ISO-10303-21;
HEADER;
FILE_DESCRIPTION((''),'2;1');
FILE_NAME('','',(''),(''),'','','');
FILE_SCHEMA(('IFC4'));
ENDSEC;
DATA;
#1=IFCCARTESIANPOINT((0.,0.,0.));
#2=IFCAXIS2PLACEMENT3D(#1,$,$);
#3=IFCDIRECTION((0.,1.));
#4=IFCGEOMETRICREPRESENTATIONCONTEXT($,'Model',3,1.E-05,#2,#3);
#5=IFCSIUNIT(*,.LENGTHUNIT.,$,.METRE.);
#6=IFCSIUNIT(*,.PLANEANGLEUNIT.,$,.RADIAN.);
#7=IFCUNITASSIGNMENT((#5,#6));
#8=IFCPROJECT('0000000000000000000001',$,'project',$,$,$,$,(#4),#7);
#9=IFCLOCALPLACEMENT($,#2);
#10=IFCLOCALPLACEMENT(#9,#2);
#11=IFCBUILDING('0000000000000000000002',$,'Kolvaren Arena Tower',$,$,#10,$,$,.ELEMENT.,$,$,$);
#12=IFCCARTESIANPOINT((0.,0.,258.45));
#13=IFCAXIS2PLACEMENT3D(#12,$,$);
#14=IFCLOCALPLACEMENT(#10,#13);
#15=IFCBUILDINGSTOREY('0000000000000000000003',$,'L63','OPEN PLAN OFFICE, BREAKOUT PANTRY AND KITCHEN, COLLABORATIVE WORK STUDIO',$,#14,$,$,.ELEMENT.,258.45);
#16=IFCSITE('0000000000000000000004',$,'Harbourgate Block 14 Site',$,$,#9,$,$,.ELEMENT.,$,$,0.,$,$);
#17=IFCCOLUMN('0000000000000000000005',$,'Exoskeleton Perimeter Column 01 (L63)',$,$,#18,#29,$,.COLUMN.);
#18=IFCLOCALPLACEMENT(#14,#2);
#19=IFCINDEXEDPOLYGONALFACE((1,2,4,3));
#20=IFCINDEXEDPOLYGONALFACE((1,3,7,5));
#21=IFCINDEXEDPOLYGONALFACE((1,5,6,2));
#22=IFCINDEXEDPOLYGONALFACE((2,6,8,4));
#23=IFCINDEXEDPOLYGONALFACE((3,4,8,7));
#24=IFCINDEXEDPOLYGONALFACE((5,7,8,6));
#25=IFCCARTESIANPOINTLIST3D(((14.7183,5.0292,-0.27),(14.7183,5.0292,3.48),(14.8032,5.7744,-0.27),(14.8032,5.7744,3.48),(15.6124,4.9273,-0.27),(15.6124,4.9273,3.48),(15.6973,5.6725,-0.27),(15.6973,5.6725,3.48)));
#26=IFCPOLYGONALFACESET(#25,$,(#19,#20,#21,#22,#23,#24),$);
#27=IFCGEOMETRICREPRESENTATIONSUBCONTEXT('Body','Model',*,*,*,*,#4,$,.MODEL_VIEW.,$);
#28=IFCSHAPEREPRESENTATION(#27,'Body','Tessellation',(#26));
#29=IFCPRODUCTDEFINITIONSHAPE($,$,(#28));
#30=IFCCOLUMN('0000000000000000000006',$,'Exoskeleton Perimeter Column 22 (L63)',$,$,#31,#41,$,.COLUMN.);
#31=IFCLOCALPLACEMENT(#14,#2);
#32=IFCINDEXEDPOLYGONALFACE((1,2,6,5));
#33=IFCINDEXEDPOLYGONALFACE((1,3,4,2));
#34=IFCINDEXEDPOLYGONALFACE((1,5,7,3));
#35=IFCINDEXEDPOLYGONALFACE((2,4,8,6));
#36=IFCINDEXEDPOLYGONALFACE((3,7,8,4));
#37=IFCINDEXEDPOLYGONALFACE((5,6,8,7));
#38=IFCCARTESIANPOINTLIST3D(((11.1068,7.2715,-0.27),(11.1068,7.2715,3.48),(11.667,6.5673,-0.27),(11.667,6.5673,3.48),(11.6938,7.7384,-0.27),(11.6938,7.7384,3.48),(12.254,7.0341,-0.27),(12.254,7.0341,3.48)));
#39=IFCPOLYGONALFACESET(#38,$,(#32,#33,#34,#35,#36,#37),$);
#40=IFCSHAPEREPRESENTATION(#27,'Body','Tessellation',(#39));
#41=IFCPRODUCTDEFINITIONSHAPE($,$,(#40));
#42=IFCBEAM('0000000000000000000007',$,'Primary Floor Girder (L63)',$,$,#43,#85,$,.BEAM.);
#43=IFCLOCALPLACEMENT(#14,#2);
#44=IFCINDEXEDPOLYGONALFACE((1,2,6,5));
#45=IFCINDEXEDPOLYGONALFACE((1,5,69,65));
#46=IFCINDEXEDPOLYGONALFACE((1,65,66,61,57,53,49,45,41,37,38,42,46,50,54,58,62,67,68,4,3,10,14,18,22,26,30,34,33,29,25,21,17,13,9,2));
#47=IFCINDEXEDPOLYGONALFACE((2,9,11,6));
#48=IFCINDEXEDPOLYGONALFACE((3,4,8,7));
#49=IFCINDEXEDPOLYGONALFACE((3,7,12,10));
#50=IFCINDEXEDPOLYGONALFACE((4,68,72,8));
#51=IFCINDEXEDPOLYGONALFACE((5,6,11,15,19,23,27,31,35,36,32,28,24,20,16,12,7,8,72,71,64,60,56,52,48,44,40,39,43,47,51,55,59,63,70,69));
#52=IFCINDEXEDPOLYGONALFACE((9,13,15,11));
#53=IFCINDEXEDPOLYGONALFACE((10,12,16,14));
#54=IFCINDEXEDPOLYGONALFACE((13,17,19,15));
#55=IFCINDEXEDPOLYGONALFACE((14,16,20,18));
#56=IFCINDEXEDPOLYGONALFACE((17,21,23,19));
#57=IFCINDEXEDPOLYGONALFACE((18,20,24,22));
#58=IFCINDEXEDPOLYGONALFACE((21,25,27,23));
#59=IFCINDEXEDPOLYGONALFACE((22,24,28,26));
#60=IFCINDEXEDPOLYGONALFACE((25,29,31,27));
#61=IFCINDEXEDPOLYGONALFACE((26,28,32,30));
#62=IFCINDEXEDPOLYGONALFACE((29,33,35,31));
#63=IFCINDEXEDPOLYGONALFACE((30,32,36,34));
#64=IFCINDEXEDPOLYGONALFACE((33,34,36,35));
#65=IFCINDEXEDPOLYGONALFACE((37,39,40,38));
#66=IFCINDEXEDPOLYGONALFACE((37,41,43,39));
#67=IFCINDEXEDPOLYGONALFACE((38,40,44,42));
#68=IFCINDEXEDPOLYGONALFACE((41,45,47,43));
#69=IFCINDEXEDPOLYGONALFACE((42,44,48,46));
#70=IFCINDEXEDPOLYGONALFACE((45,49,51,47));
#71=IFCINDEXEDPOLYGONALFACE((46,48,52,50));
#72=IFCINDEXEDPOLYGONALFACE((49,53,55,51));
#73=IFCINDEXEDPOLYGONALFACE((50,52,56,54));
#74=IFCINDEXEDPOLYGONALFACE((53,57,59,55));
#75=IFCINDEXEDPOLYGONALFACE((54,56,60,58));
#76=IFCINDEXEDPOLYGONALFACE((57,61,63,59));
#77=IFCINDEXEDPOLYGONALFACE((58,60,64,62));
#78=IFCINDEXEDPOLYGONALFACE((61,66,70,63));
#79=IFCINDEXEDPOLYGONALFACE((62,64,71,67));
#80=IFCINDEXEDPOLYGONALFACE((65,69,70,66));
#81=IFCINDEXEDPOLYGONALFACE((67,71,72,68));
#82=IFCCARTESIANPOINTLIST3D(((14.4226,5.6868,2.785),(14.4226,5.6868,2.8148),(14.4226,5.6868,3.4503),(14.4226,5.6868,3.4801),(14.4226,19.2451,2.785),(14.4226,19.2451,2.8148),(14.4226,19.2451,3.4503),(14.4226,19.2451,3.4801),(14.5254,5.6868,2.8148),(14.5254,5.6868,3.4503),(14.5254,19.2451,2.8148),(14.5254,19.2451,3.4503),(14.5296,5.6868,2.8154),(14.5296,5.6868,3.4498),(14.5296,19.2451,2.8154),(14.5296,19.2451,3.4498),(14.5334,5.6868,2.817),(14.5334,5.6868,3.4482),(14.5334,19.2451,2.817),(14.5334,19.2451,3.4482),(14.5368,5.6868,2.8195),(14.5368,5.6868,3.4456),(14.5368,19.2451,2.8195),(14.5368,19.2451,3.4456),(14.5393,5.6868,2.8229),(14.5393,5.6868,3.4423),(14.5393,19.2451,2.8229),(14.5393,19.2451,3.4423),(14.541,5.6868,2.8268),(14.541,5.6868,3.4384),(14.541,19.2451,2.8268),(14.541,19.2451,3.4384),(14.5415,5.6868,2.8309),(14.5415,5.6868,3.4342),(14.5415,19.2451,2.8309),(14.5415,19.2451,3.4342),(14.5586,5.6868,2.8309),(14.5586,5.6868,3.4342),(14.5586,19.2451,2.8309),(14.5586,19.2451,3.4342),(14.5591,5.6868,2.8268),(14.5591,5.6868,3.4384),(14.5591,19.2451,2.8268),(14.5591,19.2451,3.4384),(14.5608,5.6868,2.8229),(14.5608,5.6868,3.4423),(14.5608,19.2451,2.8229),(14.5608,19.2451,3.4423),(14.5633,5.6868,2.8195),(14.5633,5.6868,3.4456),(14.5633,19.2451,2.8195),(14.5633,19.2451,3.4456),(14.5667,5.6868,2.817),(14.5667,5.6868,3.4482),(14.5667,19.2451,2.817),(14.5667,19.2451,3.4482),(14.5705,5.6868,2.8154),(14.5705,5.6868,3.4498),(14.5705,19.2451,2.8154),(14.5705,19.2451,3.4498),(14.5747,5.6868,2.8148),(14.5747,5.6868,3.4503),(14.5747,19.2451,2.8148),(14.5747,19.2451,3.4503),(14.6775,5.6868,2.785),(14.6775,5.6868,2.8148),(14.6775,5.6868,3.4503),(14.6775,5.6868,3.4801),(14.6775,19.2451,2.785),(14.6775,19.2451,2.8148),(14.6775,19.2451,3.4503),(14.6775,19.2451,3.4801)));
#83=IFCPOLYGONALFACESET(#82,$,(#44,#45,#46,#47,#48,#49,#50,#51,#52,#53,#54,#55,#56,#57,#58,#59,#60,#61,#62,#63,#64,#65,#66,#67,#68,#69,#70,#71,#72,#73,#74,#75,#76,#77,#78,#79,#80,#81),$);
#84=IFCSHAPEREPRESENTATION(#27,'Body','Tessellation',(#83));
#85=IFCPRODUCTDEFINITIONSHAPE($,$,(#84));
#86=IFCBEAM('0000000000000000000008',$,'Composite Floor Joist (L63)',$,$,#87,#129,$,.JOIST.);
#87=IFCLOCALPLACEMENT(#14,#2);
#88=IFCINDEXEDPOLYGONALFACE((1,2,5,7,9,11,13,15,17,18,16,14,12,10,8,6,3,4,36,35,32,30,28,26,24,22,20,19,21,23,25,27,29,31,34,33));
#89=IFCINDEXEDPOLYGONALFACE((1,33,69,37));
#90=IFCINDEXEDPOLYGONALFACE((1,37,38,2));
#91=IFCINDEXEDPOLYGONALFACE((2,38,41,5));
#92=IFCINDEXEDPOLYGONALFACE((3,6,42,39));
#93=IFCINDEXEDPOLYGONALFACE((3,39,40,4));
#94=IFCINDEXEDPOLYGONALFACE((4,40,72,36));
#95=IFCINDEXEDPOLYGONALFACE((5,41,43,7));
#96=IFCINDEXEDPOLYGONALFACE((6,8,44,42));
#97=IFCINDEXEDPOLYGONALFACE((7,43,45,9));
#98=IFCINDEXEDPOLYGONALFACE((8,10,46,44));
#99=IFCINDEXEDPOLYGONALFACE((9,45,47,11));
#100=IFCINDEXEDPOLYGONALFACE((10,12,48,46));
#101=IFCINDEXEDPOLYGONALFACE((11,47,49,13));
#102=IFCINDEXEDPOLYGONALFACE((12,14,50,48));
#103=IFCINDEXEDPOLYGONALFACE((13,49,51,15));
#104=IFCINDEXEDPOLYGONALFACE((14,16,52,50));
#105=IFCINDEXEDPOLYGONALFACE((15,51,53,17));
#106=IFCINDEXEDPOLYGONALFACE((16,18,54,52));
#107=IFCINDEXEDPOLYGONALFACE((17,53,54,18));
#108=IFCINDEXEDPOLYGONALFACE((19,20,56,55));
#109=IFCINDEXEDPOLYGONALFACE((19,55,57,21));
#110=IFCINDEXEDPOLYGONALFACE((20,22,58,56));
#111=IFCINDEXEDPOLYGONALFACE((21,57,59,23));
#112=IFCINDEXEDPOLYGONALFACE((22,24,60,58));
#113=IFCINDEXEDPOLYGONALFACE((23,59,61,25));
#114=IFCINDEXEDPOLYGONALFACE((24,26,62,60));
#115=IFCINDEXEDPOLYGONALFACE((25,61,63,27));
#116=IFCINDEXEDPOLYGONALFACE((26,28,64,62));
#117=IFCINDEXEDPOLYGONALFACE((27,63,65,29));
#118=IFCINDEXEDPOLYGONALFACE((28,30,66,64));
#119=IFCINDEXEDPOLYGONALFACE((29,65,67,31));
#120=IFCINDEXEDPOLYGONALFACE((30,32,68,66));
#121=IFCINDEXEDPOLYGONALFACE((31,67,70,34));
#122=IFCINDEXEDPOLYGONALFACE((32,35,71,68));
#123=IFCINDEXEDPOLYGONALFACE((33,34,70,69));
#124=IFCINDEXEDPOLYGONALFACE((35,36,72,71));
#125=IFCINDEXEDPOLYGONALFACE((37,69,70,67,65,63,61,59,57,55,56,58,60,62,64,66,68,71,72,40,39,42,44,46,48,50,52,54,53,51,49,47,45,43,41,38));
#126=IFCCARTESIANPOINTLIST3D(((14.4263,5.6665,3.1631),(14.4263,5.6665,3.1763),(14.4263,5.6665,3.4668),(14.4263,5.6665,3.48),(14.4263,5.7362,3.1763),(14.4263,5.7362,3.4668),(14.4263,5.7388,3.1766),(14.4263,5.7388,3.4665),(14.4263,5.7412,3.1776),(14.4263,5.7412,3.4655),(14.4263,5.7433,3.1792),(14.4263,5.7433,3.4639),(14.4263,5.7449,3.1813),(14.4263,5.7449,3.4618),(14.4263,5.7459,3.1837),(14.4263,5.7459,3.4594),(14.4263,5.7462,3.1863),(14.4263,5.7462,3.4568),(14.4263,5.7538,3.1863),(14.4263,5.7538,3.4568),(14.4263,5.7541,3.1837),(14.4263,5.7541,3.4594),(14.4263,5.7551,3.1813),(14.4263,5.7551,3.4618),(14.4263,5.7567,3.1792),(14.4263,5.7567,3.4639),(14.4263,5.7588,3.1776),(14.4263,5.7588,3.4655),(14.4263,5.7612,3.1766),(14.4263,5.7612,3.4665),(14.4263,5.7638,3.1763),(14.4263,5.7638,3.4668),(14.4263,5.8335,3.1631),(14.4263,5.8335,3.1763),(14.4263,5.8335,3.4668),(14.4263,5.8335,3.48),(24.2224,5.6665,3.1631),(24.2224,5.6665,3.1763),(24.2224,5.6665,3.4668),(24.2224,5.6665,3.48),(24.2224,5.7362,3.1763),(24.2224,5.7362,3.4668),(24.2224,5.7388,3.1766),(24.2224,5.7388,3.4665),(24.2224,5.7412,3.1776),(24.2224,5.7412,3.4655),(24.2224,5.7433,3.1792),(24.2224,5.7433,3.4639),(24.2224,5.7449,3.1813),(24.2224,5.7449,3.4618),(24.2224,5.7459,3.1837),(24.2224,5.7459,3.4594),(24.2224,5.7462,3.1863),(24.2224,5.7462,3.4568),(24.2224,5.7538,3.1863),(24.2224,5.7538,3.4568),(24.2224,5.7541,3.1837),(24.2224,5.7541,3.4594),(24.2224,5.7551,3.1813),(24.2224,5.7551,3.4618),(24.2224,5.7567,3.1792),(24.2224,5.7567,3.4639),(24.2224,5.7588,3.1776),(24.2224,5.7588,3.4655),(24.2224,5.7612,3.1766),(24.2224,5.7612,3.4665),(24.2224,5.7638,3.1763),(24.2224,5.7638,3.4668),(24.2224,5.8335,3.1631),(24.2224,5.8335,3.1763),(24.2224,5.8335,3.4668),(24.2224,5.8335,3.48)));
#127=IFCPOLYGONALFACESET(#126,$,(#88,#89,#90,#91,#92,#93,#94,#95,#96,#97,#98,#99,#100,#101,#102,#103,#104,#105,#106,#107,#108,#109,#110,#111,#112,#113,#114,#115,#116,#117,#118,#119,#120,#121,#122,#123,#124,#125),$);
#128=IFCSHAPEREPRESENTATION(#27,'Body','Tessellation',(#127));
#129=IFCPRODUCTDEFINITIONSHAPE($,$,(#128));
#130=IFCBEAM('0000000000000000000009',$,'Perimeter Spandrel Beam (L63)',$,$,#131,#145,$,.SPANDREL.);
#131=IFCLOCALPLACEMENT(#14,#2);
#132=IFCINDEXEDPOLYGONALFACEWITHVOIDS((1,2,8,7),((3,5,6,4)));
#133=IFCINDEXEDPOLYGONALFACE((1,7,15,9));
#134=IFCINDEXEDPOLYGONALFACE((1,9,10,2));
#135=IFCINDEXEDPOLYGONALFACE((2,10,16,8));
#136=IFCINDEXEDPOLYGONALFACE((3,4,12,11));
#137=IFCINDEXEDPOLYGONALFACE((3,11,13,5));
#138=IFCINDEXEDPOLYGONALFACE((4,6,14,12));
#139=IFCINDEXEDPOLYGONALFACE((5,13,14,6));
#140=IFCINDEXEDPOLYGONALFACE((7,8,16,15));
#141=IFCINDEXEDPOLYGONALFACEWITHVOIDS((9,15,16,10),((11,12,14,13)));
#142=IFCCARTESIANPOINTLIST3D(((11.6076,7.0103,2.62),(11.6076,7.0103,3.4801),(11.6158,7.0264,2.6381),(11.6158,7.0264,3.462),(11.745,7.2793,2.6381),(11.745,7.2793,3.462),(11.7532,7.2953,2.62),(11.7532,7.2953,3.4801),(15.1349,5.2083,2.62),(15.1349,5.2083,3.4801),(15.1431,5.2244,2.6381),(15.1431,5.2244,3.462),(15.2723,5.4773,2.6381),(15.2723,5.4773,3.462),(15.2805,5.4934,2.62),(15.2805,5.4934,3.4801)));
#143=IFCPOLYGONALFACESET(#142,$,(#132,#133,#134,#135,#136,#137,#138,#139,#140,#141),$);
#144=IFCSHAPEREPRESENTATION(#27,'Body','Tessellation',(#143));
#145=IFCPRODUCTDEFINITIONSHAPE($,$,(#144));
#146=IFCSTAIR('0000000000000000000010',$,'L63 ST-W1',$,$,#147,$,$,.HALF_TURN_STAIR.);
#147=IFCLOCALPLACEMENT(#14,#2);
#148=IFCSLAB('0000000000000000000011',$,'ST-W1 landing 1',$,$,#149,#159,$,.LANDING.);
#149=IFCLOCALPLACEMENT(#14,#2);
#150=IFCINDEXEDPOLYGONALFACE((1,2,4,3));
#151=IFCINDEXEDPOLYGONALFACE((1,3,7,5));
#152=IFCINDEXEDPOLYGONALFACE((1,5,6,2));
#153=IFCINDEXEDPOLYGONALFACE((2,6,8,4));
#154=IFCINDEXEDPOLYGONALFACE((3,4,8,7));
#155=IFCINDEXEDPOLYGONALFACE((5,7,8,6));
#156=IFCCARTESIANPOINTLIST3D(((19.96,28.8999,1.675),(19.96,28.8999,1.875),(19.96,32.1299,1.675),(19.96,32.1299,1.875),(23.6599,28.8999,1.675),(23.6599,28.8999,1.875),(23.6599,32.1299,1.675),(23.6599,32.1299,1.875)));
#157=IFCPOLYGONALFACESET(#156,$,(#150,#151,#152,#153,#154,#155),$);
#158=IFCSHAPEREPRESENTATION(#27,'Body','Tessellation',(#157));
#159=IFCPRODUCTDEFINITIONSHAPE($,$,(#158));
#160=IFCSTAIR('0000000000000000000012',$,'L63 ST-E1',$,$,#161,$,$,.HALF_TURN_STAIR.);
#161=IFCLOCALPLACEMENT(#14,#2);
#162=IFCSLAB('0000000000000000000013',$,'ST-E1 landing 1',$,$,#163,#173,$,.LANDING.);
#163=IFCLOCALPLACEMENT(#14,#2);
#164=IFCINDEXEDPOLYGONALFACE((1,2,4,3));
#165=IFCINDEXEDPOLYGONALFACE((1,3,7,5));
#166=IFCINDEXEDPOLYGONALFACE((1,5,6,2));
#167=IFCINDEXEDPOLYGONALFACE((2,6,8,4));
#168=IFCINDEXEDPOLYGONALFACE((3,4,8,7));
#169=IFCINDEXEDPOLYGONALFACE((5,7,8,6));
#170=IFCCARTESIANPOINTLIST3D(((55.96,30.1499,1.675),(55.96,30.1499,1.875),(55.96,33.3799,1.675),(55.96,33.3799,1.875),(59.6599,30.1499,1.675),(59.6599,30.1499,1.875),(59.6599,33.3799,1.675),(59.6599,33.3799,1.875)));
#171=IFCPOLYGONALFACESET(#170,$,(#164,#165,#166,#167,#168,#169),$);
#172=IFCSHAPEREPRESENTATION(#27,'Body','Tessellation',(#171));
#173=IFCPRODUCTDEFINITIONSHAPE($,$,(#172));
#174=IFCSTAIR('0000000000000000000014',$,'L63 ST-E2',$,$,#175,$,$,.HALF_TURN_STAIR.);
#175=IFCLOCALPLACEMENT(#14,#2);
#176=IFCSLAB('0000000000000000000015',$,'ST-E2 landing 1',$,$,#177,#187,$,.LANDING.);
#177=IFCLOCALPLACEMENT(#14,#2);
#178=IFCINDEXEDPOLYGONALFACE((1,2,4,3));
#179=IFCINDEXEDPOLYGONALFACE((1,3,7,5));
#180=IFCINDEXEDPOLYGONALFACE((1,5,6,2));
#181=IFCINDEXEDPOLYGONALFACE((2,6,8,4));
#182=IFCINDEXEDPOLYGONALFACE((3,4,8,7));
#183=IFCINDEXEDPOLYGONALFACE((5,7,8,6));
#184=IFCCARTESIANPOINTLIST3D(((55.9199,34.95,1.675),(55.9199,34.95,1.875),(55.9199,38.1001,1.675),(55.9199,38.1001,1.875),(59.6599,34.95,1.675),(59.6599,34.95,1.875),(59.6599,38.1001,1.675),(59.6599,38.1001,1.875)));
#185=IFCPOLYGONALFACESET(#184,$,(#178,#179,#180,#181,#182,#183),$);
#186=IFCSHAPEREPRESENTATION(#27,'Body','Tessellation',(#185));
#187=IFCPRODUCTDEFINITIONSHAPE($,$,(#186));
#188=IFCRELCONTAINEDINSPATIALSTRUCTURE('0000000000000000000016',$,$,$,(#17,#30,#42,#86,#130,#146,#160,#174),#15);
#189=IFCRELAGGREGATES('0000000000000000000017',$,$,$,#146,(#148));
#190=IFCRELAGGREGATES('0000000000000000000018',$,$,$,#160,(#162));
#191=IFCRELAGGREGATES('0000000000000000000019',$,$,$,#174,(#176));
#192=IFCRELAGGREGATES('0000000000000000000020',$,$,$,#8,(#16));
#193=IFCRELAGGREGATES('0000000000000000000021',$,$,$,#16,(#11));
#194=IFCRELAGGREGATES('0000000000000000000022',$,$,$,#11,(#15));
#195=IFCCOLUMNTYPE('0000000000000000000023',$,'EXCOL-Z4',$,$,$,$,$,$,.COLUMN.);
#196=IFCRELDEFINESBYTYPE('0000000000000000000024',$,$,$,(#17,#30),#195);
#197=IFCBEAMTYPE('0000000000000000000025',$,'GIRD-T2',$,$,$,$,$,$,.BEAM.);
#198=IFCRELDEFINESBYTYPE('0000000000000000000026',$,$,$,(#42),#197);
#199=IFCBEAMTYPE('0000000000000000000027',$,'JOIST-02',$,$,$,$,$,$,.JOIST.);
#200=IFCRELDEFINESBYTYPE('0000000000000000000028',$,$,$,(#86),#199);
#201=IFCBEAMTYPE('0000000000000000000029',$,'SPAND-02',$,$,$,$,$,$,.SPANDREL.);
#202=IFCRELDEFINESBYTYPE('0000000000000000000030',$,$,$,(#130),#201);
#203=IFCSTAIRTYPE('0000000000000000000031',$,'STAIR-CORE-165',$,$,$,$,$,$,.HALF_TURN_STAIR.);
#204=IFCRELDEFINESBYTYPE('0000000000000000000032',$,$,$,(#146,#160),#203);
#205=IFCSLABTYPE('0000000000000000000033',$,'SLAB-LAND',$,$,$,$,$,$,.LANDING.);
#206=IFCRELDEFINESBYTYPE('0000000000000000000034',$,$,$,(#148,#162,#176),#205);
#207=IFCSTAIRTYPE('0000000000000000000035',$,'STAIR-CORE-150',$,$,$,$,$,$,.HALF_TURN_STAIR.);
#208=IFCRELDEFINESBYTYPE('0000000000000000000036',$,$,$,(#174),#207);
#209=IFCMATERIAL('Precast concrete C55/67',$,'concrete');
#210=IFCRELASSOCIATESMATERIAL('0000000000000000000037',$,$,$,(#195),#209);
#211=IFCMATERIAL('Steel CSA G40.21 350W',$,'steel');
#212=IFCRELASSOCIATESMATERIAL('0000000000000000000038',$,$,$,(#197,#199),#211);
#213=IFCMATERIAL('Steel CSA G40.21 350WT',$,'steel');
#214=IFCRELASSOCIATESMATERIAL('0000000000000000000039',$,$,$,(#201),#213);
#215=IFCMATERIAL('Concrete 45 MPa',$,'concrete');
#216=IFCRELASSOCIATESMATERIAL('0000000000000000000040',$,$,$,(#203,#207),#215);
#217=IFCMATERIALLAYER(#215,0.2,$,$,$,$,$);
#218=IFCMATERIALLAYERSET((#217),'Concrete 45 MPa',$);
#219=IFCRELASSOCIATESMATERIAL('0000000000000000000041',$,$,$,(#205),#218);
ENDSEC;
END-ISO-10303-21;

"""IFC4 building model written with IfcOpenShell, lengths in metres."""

from ifc_helpers import new_model, si_unit, direction, frame, origin, origin_2d, place, context, subcontext, project, spatial, polyline, rectangle, hollow_rectangle, i_section, outline, extrude, material, layer, layer_set, material_profile, profile_set, type_object, element, aggregate, save


model = new_model("IFC4")

# Units and contexts
model_context = context("Model", 3, precision=1e-05, world=origin(), true_north=direction((0.0, 1.0)))
body_context = subcontext(model_context, "Body", "Model", "MODEL_VIEW")
ifc_project = project(units=[si_unit("LENGTHUNIT", "METRE"), si_unit("PLANEANGLEUNIT", "RADIAN")], contexts=[model_context])

# Site, building, storey
site_placement = place(None, origin())
site = spatial("IfcSite", under=ifc_project, at=site_placement, Name="Harbourgate Block 14 Site", CompositionType="ELEMENT", RefElevation=0.0)
building_placement = place(site_placement, origin())
building = spatial("IfcBuilding", under=site, at=building_placement, Name="Kolvaren Arena Tower", CompositionType="ELEMENT")
storey_placement = place(building_placement, frame((0.0, 0.0, 258.45)))
storey = spatial("IfcBuildingStorey", under=building, at=storey_placement, Name="L63", Description="OPEN PLAN OFFICE, BREAKOUT PANTRY AND KITCHEN, COLLABORATIVE WORK STUDIO", CompositionType="ELEMENT", Elevation=258.45)

# Columns
ifc_material_1 = material(Name="Precast concrete C55/67", Category="concrete")
ifc_material_profile_1 = material_profile(ifc_material_1, rectangle(XDim=0.8999, YDim=0.75, at=origin_2d()), Name="RC-900x750")
ifc_profile_set_1 = profile_set([ifc_material_profile_1], Name="Precast concrete C55/67")
column_type = type_object("IfcColumnType", Name="EXCOL-Z4", PredefinedType="COLUMN", material=ifc_profile_set_1)
for number, where, z_axis, x_axis, name in (
    (1, (15.2078, 5.3508, -0.27), (0.0, 0.0, 1.0), (0.993572, -0.113203, 0.0), "Exoskeleton Perimeter Column 01 (L63)"),
    (2, (11.6804, 7.1528, -0.27), (0.0, 0.0, 1.0), (-0.622515, 0.782608, 0.0), "Exoskeleton Perimeter Column 22 (L63)"),
):
    element("IfcColumn", number, at=place(storey_placement, frame(where, z_axis=z_axis, x_axis=x_axis)), inside=storey, type_object=column_type, Name=name, PredefinedType="COLUMN", context=body_context, shape_type="SweptSolid", body=[
        extrude(rectangle(XDim=0.8999, YDim=0.75, at=origin_2d()), origin(), (0.0, 0.0, 1.0), 3.75),
    ])

# Beams
ifc_material_2 = material(Name="Steel CSA G40.21 350W", Category="steel")
ifc_material_profile_2 = material_profile(ifc_material_2, i_section(OverallWidth=0.2549, OverallDepth=0.6951, WebThickness=0.0171, FlangeThickness=0.0298, FilletRadius=0.0161, at=origin_2d()), Name="W690x217")
ifc_profile_set_2 = profile_set([ifc_material_profile_2], Name="Steel CSA G40.21 350W")
beam_type_1 = type_object("IfcBeamType", Name="GIRD-T2", PredefinedType="BEAM", material=ifc_profile_set_2)
beam_1_placement = place(storey_placement, frame((14.55, 5.6868, 3.1326), z_axis=(0.0, 1.0, 0.0), x_axis=(-1.0, 0.0, 0.0)))
element("IfcBeam", 3, at=beam_1_placement, inside=storey, type_object=beam_type_1, Name="Primary Floor Girder (L63)", PredefinedType="BEAM", context=body_context, shape_type="SweptSolid", body=[
    extrude(i_section(OverallWidth=0.2549, OverallDepth=0.6951, WebThickness=0.0171, FlangeThickness=0.0298, FilletRadius=0.0161, at=origin_2d()), origin(), (0.0, 0.0, 1.0), 13.5583),
])
ifc_material_profile_3 = material_profile(ifc_material_2, i_section(OverallWidth=0.167, OverallDepth=0.3169, WebThickness=0.0076, FlangeThickness=0.0132, FilletRadius=0.01, at=origin_2d()), Name="W310x52")
ifc_profile_set_3 = profile_set([ifc_material_profile_3], Name="Steel CSA G40.21 350W")
beam_type_2 = type_object("IfcBeamType", Name="JOIST-02", PredefinedType="JOIST", material=ifc_profile_set_3)
beam_2_placement = place(storey_placement, frame((14.4263, 5.75, 3.3215), z_axis=(1.0, 0.0, 0.0), x_axis=(0.0, 1.0, 0.0)))
element("IfcBeam", 4, at=beam_2_placement, inside=storey, type_object=beam_type_2, Name="Composite Floor Joist (L63)", PredefinedType="JOIST", context=body_context, shape_type="SweptSolid", body=[
    extrude(i_section(OverallWidth=0.167, OverallDepth=0.3169, WebThickness=0.0076, FlangeThickness=0.0132, FilletRadius=0.01, at=origin_2d()), origin(), (0.0, 0.0, 1.0), 9.7961),
])
ifc_material_3 = material(Name="Steel CSA G40.21 350WT", Category="steel")
ifc_material_profile_4 = material_profile(ifc_material_3, hollow_rectangle(XDim=0.3201, YDim=0.8601, WallThickness=0.0181, at=origin_2d()), Name="HSS 860x320x18")
ifc_profile_set_4 = profile_set([ifc_material_profile_4], Name="Steel CSA G40.21 350WT")
beam_type_3 = type_object("IfcBeamType", Name="SPAND-02", PredefinedType="SPANDREL", material=ifc_profile_set_4)
beam_3_placement = place(storey_placement, frame((11.6804, 7.1528, 3.05), z_axis=(0.890523, -0.454938, 0.0), x_axis=(0.454938, 0.890523, 0.0)))
element("IfcBeam", 5, at=beam_3_placement, inside=storey, type_object=beam_type_3, Name="Perimeter Spandrel Beam (L63)", PredefinedType="SPANDREL", context=body_context, shape_type="SweptSolid", body=[
    extrude(hollow_rectangle(XDim=0.3201, YDim=0.8601, WallThickness=0.0181, at=origin_2d()), origin(), (0.0, 0.0, 1.0), 3.9609),
])

# Stairs, slabs
ifc_material_4 = material(Name="Concrete 45 MPa", Category="concrete")
stair_type_1 = type_object("IfcStairType", Name="STAIR-CORE-165", PredefinedType="HALF_TURN_STAIR", material=ifc_material_4)
stair_1_placement = place(storey_placement, origin())
stair_1 = element("IfcStair", 6, at=stair_1_placement, inside=storey, type_object=stair_type_1, Name="L63 ST-W1", PredefinedType="HALF_TURN_STAIR")
ifc_layer_1 = layer(ifc_material_4, 0.2)
ifc_layer_set_1 = layer_set([ifc_layer_1], Name="Concrete 45 MPa")
slab_type_1 = type_object("IfcSlabType", Name="SLAB-LAND", PredefinedType="LANDING", material=ifc_layer_set_1)
slab_1_placement = place(storey_placement, frame((0.0, 0.0, 1.675)))
slab_1 = element("IfcSlab", 7, at=slab_1_placement, type_object=slab_type_1, Name="ST-W1 landing 1", PredefinedType="LANDING", context=body_context, shape_type="SweptSolid", body=[
    extrude(outline(polyline([(19.96, 28.8999), (23.6599, 28.8999), (23.6599, 32.1299), (19.96, 32.1299), (19.96, 28.8999)])), origin(), (0.0, 0.0, 1.0), 0.2),
])
aggregate(stair_1, [slab_1])
stair_2_placement = place(storey_placement, origin())
stair_2 = element("IfcStair", 8, at=stair_2_placement, inside=storey, type_object=stair_type_1, Name="L63 ST-E1", PredefinedType="HALF_TURN_STAIR")
slab_2_placement = place(storey_placement, frame((0.0, 0.0, 1.675)))
slab_2 = element("IfcSlab", 9, at=slab_2_placement, type_object=slab_type_1, Name="ST-E1 landing 1", PredefinedType="LANDING", context=body_context, shape_type="SweptSolid", body=[
    extrude(outline(polyline([(55.96, 30.1499), (59.6599, 30.1499), (59.6599, 33.3799), (55.96, 33.3799), (55.96, 30.1499)])), origin(), (0.0, 0.0, 1.0), 0.2),
])
aggregate(stair_2, [slab_2])
stair_type_2 = type_object("IfcStairType", Name="STAIR-CORE-150", PredefinedType="HALF_TURN_STAIR", material=ifc_material_4)
stair_3_placement = place(storey_placement, origin())
stair_3 = element("IfcStair", 10, at=stair_3_placement, inside=storey, type_object=stair_type_2, Name="L63 ST-E2", PredefinedType="HALF_TURN_STAIR")
slab_3_placement = place(storey_placement, frame((0.0, 0.0, 1.675)))
slab_3 = element("IfcSlab", 11, at=slab_3_placement, type_object=slab_type_1, Name="ST-E2 landing 1", PredefinedType="LANDING", context=body_context, shape_type="SweptSolid", body=[
    extrude(outline(polyline([(55.9199, 34.95), (59.6599, 34.95), (59.6599, 38.1001), (55.9199, 38.1001), (55.9199, 34.95)])), origin(), (0.0, 0.0, 1.0), 0.2),
])
aggregate(stair_3, [slab_3])

save(model, "model.ifc")
